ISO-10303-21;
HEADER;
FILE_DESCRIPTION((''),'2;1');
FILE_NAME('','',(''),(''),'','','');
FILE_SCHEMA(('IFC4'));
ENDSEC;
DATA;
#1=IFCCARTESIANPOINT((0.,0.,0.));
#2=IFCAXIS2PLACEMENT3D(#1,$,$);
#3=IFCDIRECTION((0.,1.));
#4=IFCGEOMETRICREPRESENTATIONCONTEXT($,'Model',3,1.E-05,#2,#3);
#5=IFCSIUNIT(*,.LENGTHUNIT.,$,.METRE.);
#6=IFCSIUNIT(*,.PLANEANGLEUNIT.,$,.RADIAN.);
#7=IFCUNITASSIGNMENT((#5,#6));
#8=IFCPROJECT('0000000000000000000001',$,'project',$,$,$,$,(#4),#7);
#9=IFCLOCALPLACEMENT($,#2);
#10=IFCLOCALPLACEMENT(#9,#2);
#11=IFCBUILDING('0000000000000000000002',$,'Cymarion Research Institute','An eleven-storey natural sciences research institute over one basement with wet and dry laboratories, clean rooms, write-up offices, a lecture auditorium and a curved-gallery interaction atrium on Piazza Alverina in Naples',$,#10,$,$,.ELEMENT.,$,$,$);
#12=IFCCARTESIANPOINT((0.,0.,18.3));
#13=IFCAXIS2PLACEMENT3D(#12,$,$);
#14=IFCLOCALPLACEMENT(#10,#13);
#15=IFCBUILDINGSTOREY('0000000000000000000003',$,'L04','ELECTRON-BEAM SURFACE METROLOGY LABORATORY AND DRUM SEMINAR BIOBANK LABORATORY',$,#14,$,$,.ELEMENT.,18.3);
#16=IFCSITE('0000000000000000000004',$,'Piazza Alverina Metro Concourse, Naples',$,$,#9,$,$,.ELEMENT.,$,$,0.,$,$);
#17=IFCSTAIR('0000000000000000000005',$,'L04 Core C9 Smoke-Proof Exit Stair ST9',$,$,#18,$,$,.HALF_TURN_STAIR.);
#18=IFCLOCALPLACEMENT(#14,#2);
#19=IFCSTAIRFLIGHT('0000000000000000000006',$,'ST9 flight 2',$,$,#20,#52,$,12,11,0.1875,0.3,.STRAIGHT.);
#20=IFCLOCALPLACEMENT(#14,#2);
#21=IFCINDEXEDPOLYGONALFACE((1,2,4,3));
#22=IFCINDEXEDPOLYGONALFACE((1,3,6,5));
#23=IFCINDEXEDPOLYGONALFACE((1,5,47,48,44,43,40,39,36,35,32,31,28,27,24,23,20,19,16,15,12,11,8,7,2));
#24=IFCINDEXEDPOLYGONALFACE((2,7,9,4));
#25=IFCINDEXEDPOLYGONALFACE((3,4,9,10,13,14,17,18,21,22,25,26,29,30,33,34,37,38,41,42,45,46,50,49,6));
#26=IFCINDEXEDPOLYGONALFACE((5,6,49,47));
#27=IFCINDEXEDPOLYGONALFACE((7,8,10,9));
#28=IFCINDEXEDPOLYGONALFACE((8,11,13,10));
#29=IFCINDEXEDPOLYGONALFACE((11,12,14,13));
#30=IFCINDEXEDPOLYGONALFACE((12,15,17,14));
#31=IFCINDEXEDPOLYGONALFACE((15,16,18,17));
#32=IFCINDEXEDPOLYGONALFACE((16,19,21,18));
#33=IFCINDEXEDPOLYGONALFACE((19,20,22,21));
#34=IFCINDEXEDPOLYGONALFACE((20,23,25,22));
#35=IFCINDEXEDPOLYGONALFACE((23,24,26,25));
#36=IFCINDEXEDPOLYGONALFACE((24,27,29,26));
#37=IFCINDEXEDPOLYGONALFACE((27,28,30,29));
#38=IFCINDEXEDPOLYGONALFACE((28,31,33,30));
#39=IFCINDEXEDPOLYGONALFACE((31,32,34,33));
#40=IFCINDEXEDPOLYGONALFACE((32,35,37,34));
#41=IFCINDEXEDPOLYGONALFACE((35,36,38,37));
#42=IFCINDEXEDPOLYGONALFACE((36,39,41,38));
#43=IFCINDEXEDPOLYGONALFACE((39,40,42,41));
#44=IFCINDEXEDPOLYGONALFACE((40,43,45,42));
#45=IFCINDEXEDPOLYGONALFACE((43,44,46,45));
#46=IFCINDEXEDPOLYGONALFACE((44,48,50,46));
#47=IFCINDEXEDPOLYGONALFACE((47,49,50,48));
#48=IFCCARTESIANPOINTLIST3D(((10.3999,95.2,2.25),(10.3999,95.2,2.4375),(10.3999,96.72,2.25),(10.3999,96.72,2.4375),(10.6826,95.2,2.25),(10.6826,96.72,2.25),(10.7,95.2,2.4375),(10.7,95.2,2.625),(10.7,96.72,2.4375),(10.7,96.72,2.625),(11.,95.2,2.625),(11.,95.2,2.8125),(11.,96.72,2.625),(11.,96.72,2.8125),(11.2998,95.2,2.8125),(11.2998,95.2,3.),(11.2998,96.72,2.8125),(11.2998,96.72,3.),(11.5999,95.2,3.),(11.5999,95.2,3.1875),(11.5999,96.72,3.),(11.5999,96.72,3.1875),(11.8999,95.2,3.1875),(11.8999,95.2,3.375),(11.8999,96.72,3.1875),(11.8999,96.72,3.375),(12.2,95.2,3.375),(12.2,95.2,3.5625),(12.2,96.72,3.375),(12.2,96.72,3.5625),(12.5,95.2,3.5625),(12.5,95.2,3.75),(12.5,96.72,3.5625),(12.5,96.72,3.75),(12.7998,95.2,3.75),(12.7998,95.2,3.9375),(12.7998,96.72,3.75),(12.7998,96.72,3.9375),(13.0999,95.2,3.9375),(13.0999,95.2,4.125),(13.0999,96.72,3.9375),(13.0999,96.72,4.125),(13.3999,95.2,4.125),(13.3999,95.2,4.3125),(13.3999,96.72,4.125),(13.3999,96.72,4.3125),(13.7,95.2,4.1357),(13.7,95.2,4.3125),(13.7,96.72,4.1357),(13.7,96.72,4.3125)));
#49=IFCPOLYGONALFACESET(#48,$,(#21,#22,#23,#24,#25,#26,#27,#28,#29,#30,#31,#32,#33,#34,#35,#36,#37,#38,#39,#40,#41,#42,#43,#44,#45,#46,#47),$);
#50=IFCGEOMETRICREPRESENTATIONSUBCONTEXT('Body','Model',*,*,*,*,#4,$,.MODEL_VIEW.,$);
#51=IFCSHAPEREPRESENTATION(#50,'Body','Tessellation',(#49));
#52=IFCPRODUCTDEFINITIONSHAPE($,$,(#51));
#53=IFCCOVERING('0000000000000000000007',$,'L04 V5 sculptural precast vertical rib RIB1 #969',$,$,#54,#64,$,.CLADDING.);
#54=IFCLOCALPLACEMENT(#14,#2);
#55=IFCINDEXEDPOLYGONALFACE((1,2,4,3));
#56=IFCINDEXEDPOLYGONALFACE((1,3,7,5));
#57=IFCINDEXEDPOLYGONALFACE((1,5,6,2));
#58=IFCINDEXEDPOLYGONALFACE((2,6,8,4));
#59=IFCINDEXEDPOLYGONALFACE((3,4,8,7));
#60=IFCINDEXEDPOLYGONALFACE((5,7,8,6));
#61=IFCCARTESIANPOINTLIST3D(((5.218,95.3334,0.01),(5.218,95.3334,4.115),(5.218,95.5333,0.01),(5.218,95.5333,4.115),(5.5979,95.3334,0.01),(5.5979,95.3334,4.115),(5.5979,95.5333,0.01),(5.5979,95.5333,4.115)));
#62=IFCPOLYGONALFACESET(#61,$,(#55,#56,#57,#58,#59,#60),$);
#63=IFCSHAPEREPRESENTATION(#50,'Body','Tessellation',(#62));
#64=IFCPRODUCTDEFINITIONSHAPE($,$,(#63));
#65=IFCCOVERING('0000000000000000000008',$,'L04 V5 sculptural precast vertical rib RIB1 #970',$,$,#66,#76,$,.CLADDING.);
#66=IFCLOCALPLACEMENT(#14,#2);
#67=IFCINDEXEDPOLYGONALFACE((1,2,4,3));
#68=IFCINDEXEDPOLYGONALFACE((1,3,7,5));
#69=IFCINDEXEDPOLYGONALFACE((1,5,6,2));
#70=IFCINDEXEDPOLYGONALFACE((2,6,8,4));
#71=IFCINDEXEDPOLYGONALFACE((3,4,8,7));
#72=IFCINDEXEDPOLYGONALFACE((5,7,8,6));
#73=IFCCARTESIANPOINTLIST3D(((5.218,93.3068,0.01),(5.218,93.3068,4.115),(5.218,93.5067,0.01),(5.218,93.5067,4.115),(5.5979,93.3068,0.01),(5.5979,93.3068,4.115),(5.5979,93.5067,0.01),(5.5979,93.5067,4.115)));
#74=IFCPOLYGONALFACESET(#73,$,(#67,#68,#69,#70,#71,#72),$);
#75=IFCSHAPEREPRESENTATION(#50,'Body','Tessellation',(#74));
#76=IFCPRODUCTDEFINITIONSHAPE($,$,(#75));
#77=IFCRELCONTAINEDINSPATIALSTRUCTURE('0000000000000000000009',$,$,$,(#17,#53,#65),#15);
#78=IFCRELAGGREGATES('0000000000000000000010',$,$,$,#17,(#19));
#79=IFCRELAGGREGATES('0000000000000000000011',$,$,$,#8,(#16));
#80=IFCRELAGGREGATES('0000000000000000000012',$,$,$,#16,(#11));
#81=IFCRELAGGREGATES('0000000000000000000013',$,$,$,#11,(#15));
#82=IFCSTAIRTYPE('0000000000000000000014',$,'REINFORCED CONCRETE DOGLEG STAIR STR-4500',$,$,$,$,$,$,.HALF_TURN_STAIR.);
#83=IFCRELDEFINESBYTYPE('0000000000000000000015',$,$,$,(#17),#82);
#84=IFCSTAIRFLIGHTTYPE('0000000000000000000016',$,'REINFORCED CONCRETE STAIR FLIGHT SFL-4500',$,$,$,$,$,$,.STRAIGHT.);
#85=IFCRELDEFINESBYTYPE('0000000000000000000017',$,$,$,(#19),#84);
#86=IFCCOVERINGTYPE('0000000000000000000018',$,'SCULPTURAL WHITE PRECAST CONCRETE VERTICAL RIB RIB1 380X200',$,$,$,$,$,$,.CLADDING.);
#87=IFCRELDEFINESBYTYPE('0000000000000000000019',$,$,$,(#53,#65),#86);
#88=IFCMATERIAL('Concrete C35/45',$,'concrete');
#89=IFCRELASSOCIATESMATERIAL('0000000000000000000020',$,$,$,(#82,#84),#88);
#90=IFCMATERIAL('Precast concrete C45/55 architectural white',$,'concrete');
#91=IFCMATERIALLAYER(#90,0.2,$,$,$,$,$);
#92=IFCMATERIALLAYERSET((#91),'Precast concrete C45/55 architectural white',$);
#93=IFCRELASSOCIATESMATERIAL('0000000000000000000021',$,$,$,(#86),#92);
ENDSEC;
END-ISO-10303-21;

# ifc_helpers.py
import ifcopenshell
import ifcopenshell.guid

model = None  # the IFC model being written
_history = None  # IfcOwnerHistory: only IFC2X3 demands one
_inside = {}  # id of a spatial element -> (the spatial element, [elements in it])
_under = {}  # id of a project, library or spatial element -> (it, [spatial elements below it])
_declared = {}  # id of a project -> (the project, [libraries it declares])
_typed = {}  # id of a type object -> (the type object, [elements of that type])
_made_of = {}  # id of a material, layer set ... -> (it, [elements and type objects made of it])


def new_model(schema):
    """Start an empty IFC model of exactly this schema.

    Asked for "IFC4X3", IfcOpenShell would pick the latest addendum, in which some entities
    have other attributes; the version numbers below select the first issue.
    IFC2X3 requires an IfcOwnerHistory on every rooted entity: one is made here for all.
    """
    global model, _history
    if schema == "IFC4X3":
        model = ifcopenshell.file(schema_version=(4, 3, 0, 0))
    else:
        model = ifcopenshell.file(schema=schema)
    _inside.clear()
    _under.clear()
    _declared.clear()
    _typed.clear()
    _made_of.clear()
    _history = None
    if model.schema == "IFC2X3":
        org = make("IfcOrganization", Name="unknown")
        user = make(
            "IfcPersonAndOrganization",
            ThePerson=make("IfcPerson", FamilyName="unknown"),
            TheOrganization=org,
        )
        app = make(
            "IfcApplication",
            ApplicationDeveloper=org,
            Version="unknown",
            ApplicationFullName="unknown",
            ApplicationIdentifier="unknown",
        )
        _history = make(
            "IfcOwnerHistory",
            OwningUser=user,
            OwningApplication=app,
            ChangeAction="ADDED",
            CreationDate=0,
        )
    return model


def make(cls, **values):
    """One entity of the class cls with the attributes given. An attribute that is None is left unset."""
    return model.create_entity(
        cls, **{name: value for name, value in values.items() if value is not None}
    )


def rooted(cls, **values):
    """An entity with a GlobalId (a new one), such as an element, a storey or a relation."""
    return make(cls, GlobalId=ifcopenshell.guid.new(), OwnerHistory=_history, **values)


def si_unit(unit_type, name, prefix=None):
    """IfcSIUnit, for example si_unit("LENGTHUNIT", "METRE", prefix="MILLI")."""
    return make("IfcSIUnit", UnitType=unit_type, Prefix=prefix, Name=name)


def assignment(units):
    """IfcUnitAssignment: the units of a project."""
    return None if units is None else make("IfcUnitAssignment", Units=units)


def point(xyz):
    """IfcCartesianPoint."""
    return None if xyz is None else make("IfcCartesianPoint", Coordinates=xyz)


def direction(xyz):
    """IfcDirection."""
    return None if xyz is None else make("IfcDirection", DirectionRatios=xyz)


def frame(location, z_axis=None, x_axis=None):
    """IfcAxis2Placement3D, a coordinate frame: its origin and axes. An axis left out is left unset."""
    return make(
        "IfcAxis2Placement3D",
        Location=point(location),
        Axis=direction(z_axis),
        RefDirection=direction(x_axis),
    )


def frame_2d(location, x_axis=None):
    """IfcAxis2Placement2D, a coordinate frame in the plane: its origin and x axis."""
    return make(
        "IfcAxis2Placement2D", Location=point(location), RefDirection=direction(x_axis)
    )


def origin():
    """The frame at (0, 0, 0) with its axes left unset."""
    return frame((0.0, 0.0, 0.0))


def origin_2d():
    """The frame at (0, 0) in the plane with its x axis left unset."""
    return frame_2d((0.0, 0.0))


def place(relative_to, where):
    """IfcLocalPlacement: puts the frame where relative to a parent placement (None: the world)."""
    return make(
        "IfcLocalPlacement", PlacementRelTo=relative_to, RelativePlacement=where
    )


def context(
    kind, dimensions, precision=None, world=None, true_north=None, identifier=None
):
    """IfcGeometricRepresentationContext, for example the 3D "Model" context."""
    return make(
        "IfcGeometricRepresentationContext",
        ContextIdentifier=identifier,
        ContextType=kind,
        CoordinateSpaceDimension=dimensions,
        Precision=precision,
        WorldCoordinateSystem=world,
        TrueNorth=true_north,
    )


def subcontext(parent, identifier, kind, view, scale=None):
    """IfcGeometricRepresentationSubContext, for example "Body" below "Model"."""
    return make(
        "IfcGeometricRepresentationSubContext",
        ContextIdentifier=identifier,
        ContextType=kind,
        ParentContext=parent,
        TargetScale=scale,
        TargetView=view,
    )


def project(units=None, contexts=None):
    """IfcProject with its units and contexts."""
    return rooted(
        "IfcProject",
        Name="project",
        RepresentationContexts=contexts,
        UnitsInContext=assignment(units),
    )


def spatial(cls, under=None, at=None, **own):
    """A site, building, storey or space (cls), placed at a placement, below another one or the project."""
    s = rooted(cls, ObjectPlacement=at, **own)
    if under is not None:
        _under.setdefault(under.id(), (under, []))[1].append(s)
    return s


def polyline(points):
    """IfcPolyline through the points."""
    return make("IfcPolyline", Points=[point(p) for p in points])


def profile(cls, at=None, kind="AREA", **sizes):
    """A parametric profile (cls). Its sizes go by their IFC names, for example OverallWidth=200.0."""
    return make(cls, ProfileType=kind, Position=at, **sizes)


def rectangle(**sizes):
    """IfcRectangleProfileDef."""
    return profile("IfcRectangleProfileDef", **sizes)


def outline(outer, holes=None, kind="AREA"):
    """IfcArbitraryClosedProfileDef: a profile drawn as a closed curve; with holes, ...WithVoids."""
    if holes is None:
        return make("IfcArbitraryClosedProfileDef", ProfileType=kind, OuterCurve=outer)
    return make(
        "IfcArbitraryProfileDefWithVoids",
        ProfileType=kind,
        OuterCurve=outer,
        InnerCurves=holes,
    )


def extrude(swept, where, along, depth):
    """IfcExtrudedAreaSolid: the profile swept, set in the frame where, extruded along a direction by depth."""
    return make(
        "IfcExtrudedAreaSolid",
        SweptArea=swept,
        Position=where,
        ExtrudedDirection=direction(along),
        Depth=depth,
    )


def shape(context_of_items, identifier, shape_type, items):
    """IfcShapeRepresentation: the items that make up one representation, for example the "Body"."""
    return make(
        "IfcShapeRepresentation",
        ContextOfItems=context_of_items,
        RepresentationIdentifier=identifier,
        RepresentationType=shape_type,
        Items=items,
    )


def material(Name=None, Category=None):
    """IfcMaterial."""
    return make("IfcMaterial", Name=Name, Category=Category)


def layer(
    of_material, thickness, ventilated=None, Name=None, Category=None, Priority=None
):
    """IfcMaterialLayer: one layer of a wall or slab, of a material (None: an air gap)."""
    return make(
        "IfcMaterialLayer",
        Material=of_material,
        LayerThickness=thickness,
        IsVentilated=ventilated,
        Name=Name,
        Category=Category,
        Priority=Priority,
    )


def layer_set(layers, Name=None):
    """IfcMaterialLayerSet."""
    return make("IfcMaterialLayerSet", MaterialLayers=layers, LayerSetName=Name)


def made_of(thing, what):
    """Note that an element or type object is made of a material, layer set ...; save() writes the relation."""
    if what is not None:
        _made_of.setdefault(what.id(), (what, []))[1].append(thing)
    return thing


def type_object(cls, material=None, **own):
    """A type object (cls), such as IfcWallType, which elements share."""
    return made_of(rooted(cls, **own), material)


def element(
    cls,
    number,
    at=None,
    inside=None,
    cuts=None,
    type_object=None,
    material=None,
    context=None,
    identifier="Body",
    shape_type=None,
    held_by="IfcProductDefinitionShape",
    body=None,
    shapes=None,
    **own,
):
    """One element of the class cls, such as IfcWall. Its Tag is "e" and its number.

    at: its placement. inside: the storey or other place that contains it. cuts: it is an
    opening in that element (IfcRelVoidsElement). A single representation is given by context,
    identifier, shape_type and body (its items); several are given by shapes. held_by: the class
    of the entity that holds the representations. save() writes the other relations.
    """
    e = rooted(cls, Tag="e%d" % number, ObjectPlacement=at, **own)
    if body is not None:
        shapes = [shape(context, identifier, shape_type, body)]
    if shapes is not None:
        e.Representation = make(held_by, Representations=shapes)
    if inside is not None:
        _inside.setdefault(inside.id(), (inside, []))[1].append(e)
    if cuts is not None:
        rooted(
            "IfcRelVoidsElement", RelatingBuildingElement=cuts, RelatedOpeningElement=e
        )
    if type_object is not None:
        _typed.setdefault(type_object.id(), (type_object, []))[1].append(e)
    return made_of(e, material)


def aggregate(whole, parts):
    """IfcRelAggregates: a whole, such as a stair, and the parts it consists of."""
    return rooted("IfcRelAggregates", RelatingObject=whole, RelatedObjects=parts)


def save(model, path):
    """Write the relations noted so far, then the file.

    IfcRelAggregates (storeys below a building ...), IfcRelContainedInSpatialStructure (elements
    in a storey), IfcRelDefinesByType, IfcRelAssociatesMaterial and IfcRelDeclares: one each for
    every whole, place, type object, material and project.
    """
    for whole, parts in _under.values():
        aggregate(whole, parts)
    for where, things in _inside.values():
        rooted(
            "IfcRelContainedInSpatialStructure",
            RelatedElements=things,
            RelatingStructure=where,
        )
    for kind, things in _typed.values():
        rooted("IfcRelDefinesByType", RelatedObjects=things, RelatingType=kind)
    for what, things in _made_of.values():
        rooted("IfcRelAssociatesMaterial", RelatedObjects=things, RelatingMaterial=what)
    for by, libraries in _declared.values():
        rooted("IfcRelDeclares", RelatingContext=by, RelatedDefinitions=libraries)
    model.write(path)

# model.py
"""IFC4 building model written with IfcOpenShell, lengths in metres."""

from ifc_helpers import new_model, si_unit, direction, frame, origin, origin_2d, place, context, subcontext, project, spatial, polyline, rectangle, outline, extrude, material, layer, layer_set, type_object, element, aggregate, save


model = new_model("IFC4")

# Units and contexts
model_context = context("Model", 3, precision=1e-05, world=origin(), true_north=direction((0.0, 1.0)))
body_context = subcontext(model_context, "Body", "Model", "MODEL_VIEW")
ifc_project = project(units=[si_unit("LENGTHUNIT", "METRE"), si_unit("PLANEANGLEUNIT", "RADIAN")], contexts=[model_context])

# Site, building, storey
site_placement = place(None, origin())
site = spatial("IfcSite", under=ifc_project, at=site_placement, Name="Piazza Alverina Metro Concourse, Naples", CompositionType="ELEMENT", RefElevation=0.0)
building_placement = place(site_placement, origin())
building = spatial("IfcBuilding", under=site, at=building_placement, Name="Cymarion Research Institute", Description="An eleven-storey natural sciences research institute over one basement with wet and dry laboratories, clean rooms, write-up offices, a lecture auditorium and a curved-gallery interaction atrium on Piazza Alverina in Naples", CompositionType="ELEMENT")
storey_placement = place(building_placement, frame((0.0, 0.0, 18.3)))
storey = spatial("IfcBuildingStorey", under=building, at=storey_placement, Name="L04", Description="ELECTRON-BEAM SURFACE METROLOGY LABORATORY AND DRUM SEMINAR BIOBANK LABORATORY", CompositionType="ELEMENT", Elevation=18.3)

# Stair, stair flight
ifc_material_1 = material(Name="Concrete C35/45", Category="concrete")
stair_type = type_object("IfcStairType", Name="REINFORCED CONCRETE DOGLEG STAIR STR-4500", PredefinedType="HALF_TURN_STAIR", material=ifc_material_1)
stair_placement = place(storey_placement, origin())
stair = element("IfcStair", 1, at=stair_placement, inside=storey, type_object=stair_type, Name="L04 Core C9 Smoke-Proof Exit Stair ST9", PredefinedType="HALF_TURN_STAIR")
stair_flight_type = type_object("IfcStairFlightType", Name="REINFORCED CONCRETE STAIR FLIGHT SFL-4500", PredefinedType="STRAIGHT", material=ifc_material_1)
stair_flight_placement = place(storey_placement, frame((10.3999, 95.96, 2.25), z_axis=(0.0, 0.0, 1.0), x_axis=(1.0, 0.0, 0.0)))
stair_flight = element("IfcStairFlight", 2, at=stair_flight_placement, type_object=stair_flight_type, Name="ST9 flight 2", NumberOfRisers=12, NumberOfTreads=11, PredefinedType="STRAIGHT", RiserHeight=0.1875, TreadLength=0.3, context=body_context, shape_type="SweptSolid", body=[
    extrude(outline(polyline([(0.0, 0.0), (0.0, 0.1875), (0.3, 0.1875), (0.3, 0.375), (0.6001, 0.375), (0.6001, 0.5625), (0.8999, 0.5625), (0.8999, 0.75), (1.2, 0.75), (1.2, 0.9375), (1.5, 0.9375), (1.5, 1.125), (1.8, 1.125), (1.8, 1.3125), (2.1001, 1.3125), (2.1001, 1.5), (2.3999, 1.5), (2.3999, 1.6875), (2.7, 1.6875), (2.7, 1.875), (3.0, 1.875), (3.0, 2.0625), (3.3, 2.0625), (3.3, 2.25), (3.3, 1.8857), (0.2827, 0.0), (0.0, 0.0)])), frame((0.0, 0.76, 0.0), z_axis=(0.0, -1.0, 0.0), x_axis=(1.0, 0.0, 0.0)), (0.0, 0.0, 1.0), 1.52),
])
aggregate(stair, [stair_flight])

# Coverings
ifc_material_2 = material(Name="Precast concrete C45/55 architectural white", Category="concrete")
ifc_layer_1 = layer(ifc_material_2, 0.2)
ifc_layer_set_1 = layer_set([ifc_layer_1], Name="Precast concrete C45/55 architectural white")
covering_type = type_object("IfcCoveringType", Name="SCULPTURAL WHITE PRECAST CONCRETE VERTICAL RIB RIB1 380X200", PredefinedType="CLADDING", material=ifc_layer_set_1)
for number, where, z_axis, x_axis, name in (
    (3, (5.408, 95.4333, 0.01), (0.0, 0.0, 1.0), (-1.0, 0.0, 0.0), "L04 V5 sculptural precast vertical rib RIB1 #969"),
    (4, (5.408, 93.4067, 0.01), (0.0, 0.0, 1.0), (-1.0, 0.0, 0.0), "L04 V5 sculptural precast vertical rib RIB1 #970"),
):
    element("IfcCovering", number, at=place(storey_placement, frame(where, z_axis=z_axis, x_axis=x_axis)), inside=storey, type_object=covering_type, Name=name, PredefinedType="CLADDING", context=body_context, shape_type="SweptSolid", body=[
        extrude(rectangle(XDim=0.3799, YDim=0.2, at=origin_2d()), origin(), (0.0, 0.0, 1.0), 4.105),
    ])

save(model, "model.ifc")
